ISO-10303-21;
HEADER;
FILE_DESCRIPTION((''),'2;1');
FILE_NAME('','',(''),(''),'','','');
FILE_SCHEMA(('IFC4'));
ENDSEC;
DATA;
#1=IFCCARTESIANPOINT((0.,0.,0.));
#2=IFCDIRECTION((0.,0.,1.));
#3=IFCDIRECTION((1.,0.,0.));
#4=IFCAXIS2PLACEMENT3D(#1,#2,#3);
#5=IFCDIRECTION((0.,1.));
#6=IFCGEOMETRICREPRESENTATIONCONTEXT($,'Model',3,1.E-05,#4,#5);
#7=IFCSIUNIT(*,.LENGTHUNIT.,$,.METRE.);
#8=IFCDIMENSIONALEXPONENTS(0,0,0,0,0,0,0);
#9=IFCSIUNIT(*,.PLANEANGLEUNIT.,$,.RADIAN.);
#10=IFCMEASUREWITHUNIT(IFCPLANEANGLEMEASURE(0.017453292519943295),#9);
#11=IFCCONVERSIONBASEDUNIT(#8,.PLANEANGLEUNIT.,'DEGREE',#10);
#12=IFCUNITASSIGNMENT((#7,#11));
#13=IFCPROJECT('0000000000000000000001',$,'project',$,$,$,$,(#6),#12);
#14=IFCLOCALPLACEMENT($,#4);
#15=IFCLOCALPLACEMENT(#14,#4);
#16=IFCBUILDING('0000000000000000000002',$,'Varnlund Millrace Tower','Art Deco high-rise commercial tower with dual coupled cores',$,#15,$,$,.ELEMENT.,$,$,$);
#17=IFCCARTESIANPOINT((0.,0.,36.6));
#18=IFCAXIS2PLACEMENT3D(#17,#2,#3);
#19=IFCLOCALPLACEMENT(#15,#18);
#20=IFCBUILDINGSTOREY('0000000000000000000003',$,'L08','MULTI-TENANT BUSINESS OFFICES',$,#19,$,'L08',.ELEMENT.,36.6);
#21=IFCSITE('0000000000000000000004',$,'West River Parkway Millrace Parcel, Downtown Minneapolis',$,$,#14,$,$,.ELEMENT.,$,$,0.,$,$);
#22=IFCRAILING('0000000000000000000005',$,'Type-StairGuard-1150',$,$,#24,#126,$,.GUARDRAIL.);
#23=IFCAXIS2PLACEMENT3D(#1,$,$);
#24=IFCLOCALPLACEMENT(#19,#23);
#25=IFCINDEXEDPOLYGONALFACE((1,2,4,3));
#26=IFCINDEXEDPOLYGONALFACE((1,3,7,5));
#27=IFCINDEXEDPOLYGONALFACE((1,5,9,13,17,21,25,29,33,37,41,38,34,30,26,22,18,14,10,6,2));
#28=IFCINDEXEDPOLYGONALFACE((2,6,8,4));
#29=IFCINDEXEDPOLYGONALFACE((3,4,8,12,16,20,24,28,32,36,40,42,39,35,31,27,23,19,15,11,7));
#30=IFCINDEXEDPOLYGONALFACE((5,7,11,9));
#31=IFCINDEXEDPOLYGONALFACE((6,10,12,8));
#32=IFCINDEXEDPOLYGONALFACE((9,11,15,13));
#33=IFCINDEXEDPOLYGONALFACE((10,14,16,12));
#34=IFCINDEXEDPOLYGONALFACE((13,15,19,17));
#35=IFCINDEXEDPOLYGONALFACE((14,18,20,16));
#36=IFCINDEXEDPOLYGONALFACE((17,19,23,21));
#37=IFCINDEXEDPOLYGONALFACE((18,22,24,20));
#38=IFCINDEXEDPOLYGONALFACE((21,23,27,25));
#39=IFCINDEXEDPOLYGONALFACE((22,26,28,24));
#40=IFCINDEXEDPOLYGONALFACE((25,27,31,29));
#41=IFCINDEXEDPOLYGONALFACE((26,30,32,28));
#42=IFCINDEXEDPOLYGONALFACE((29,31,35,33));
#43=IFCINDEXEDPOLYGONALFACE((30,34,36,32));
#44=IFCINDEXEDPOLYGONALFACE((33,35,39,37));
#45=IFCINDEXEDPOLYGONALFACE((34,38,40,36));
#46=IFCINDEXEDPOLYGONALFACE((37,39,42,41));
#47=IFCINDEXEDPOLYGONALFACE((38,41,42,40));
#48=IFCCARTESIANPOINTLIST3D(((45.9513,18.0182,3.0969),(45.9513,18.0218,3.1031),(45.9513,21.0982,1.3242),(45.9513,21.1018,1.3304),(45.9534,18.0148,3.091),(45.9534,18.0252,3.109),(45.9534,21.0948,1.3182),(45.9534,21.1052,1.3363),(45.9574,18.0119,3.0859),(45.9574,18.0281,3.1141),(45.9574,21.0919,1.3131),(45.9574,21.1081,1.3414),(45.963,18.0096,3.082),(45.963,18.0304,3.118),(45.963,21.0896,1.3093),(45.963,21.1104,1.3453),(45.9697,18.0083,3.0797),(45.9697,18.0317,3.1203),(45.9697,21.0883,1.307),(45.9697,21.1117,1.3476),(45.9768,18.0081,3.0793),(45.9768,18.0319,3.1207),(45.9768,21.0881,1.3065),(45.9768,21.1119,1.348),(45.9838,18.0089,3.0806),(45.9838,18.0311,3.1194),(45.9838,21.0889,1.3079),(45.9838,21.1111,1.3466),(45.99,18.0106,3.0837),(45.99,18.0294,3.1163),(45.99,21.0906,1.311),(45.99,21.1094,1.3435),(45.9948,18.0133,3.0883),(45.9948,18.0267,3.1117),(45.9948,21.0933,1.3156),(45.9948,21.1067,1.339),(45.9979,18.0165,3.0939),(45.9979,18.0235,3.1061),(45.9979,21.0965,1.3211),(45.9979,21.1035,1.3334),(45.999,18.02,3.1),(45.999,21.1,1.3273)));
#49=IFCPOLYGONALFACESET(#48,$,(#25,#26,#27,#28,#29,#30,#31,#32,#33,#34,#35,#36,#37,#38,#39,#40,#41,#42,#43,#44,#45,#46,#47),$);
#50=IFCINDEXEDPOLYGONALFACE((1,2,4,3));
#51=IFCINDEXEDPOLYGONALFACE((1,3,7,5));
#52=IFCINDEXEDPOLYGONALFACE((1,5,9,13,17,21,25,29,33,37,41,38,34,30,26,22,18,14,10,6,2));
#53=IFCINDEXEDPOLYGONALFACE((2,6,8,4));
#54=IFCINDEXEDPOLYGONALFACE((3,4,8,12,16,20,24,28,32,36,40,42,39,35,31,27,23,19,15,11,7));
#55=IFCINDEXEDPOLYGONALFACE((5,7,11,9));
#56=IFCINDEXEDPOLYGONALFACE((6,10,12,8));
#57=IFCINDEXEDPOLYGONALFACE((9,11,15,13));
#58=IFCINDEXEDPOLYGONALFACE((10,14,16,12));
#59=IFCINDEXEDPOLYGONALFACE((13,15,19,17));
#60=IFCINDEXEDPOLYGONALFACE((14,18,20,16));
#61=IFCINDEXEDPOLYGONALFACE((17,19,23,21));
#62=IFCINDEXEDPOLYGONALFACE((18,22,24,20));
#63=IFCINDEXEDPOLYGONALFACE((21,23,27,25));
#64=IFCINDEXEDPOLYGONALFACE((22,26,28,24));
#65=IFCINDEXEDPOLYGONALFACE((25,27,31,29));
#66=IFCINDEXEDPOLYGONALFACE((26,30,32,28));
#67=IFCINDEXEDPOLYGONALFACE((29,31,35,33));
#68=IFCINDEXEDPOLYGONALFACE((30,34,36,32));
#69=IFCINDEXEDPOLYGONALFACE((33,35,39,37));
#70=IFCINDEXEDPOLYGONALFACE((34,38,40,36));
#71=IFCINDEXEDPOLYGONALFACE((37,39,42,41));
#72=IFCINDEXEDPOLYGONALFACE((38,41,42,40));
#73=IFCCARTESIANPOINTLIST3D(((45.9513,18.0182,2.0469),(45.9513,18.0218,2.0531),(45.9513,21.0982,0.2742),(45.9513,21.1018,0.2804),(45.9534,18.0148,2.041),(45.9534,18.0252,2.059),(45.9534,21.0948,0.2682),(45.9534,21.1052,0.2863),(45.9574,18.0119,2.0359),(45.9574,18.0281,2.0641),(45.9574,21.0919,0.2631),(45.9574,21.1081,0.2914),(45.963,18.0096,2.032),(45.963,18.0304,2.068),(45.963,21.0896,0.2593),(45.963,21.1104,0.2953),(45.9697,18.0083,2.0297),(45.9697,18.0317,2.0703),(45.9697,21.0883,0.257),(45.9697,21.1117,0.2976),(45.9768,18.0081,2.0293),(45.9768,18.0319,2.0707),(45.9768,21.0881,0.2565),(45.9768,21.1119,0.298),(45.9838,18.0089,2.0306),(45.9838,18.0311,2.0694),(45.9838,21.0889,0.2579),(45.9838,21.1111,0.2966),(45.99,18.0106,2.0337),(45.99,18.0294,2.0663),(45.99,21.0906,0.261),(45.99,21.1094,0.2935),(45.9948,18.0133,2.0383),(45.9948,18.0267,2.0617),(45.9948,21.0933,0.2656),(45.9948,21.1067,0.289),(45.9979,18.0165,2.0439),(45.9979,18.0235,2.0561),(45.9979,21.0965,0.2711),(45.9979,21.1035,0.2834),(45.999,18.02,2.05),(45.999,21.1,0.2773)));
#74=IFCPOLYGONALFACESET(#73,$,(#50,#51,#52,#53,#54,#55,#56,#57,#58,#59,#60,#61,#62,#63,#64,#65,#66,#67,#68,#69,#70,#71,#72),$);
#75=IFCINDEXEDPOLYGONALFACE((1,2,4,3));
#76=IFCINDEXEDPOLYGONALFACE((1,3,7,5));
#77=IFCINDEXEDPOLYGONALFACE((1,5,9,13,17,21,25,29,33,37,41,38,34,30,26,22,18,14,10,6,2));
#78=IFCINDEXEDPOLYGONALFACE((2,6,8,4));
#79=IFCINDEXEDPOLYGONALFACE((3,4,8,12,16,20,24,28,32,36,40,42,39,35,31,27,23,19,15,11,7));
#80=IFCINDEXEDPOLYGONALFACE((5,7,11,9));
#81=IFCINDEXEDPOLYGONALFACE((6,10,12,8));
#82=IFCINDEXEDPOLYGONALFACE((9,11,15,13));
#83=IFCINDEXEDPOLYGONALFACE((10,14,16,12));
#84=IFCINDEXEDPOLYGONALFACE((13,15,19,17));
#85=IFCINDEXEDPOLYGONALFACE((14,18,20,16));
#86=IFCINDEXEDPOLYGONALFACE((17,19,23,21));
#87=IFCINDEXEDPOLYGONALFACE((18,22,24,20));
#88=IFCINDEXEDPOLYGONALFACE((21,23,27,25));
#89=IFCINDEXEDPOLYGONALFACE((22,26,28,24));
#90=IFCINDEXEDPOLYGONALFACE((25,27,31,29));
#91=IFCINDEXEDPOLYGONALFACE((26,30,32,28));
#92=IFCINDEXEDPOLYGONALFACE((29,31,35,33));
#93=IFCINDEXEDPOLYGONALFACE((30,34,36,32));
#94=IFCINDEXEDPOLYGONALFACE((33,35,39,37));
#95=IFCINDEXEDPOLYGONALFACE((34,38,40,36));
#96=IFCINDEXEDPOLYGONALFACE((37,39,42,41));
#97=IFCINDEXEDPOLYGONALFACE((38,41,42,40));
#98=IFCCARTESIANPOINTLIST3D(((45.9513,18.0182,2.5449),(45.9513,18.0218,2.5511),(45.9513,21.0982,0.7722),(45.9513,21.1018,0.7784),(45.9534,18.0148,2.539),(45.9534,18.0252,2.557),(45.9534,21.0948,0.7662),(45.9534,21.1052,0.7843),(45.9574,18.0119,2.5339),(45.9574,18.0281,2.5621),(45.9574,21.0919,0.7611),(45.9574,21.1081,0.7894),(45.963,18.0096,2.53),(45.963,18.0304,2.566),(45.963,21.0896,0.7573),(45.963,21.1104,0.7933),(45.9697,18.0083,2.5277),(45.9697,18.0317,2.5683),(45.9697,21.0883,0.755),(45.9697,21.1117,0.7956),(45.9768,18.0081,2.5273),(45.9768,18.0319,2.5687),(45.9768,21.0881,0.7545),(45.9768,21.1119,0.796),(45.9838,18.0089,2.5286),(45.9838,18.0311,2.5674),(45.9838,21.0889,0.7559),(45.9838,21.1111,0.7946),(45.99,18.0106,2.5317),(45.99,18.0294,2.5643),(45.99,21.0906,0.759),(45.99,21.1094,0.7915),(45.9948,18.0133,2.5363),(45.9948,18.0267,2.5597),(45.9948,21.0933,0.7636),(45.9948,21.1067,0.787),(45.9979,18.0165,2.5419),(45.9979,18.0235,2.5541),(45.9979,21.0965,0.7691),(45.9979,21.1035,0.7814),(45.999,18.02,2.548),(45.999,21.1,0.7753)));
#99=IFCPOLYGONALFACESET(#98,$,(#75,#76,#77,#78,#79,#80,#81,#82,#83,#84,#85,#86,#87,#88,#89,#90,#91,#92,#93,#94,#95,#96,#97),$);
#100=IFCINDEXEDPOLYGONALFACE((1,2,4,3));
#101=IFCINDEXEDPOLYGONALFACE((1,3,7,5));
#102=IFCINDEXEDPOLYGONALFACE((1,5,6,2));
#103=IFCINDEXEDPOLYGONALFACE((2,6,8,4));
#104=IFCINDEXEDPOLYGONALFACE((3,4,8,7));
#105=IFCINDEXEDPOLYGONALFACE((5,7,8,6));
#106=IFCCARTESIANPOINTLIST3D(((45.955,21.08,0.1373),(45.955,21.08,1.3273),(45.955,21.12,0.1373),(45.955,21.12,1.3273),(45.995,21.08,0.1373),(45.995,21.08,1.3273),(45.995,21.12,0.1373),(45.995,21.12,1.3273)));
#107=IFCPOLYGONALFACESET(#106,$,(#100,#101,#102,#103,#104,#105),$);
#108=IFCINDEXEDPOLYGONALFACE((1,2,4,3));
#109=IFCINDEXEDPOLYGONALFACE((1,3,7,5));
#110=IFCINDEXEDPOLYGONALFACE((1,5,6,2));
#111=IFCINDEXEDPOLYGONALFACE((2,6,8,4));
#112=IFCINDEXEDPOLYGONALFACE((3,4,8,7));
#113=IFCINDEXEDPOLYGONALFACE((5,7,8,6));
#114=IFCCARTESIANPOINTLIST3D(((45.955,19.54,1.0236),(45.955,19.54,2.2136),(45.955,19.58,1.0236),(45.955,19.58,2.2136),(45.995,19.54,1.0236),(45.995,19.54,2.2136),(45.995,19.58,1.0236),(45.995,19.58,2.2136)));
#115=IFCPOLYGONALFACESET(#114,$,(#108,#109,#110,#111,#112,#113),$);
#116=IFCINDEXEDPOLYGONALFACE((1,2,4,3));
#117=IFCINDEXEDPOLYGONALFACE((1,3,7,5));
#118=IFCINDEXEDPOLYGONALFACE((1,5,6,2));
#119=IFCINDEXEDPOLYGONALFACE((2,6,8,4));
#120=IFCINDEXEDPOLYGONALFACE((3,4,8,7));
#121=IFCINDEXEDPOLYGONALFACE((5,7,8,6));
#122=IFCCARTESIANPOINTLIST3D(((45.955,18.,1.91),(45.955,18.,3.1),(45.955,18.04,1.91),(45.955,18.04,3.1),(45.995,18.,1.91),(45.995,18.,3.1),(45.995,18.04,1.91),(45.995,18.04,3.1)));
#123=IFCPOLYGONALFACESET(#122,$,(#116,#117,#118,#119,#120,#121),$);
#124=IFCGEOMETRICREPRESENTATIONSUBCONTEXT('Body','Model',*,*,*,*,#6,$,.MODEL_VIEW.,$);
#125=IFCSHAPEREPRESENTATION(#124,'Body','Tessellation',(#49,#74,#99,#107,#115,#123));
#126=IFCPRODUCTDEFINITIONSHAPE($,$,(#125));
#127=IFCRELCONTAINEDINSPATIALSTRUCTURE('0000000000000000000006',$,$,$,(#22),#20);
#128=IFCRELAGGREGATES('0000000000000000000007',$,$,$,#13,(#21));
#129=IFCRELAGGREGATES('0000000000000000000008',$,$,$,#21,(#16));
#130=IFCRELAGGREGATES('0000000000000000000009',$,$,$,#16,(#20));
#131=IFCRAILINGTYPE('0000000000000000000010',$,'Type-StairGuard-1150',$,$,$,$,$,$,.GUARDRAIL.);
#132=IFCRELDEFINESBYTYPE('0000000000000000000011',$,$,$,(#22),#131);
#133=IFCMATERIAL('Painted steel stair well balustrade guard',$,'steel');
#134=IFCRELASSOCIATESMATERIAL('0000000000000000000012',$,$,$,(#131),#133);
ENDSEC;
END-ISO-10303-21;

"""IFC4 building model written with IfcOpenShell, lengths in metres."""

from ifc_helpers import new_model, entity, si_unit, converted_unit, direction, frame, origin_with_axes, origin_2d_with_axis, place, context, subcontext, project, spatial, rectangle, circle, extrude, material, type_object, element, save


model = new_model("IFC4")

# Units and contexts
model_context = context("Model", 3, precision=1e-05, world=origin_with_axes(), true_north=direction((0.0, 1.0)))
body_context = subcontext(model_context, "Body", "Model", "MODEL_VIEW")
ifc_project = project(units=[si_unit("LENGTHUNIT", "METRE"), converted_unit("PLANEANGLEUNIT", "DEGREE", entity("IfcPlaneAngleMeasure", 0.017453292519943295), si_unit("PLANEANGLEUNIT", "RADIAN"), dimensions=[0, 0, 0, 0, 0, 0, 0])], contexts=[model_context])

# Site, building, storey
site_placement = place(None, origin_with_axes())
site = spatial("IfcSite", under=ifc_project, at=site_placement, Name="West River Parkway Millrace Parcel, Downtown Minneapolis", CompositionType="ELEMENT", RefElevation=0.0)
building_placement = place(site_placement, origin_with_axes())
building = spatial("IfcBuilding", under=site, at=building_placement, Name="Varnlund Millrace Tower", Description="Art Deco high-rise commercial tower with dual coupled cores", CompositionType="ELEMENT")
storey_placement = place(building_placement, frame((0.0, 0.0, 36.6), z_axis=(0.0, 0.0, 1.0), x_axis=(1.0, 0.0, 0.0)))
storey = spatial("IfcBuildingStorey", under=building, at=storey_placement, Name="L08", Description="MULTI-TENANT BUSINESS OFFICES", LongName="L08", CompositionType="ELEMENT", Elevation=36.6)

# Railing
ifc_material_1 = material(Name="Painted steel stair well balustrade guard", Category="steel")
railing_type_1 = type_object("IfcRailingType", Name="Type-StairGuard-1150", PredefinedType="GUARDRAIL", material=ifc_material_1)
railing_1_placement = place(storey_placement, frame((0.0, 0.0, -36.6), z_axis=(0.0, 0.0, 1.0), x_axis=(1.0, 0.0, 0.0)))
element("IfcRailing", 1, at=railing_1_placement, inside=storey, type_object=railing_type_1, Name="Type-StairGuard-1150", PredefinedType="GUARDRAIL", context=body_context, shape_type="SweptSolid", body=[
    extrude(circle(Radius=0.024, at=origin_2d_with_axis()), frame((45.975, 21.1, 37.9273), z_axis=(0.0, -0.866696, 0.498836), x_axis=(1.0, 0.0, 0.0)), (0.0, 0.0, 1.0), 3.5537),
    extrude(circle(Radius=0.024, at=origin_2d_with_axis()), frame((45.975, 21.1, 36.8773), z_axis=(0.0, -0.866696, 0.498836), x_axis=(1.0, 0.0, 0.0)), (0.0, 0.0, 1.0), 3.5537),
    extrude(circle(Radius=0.024, at=origin_2d_with_axis()), frame((45.975, 21.1, 37.3753), z_axis=(0.0, -0.866696, 0.498836), x_axis=(1.0, 0.0, 0.0)), (0.0, 0.0, 1.0), 3.5537),
    extrude(rectangle(XDim=0.04, YDim=0.04, at=origin_2d_with_axis()), frame((45.975, 21.1, 36.7373), z_axis=(0.0, 0.0, 1.0), x_axis=(1.0, 0.0, 0.0)), (0.0, 0.0, 1.0), 1.19),
    extrude(rectangle(XDim=0.04, YDim=0.04, at=origin_2d_with_axis()), frame((45.975, 19.56, 37.6236), z_axis=(0.0, 0.0, 1.0), x_axis=(1.0, 0.0, 0.0)), (0.0, 0.0, 1.0), 1.19),
    extrude(rectangle(XDim=0.04, YDim=0.04, at=origin_2d_with_axis()), frame((45.975, 18.02, 38.51), z_axis=(0.0, 0.0, 1.0), x_axis=(1.0, 0.0, 0.0)), (0.0, 0.0, 1.0), 1.19),
])

save(model, "model.ifc")
